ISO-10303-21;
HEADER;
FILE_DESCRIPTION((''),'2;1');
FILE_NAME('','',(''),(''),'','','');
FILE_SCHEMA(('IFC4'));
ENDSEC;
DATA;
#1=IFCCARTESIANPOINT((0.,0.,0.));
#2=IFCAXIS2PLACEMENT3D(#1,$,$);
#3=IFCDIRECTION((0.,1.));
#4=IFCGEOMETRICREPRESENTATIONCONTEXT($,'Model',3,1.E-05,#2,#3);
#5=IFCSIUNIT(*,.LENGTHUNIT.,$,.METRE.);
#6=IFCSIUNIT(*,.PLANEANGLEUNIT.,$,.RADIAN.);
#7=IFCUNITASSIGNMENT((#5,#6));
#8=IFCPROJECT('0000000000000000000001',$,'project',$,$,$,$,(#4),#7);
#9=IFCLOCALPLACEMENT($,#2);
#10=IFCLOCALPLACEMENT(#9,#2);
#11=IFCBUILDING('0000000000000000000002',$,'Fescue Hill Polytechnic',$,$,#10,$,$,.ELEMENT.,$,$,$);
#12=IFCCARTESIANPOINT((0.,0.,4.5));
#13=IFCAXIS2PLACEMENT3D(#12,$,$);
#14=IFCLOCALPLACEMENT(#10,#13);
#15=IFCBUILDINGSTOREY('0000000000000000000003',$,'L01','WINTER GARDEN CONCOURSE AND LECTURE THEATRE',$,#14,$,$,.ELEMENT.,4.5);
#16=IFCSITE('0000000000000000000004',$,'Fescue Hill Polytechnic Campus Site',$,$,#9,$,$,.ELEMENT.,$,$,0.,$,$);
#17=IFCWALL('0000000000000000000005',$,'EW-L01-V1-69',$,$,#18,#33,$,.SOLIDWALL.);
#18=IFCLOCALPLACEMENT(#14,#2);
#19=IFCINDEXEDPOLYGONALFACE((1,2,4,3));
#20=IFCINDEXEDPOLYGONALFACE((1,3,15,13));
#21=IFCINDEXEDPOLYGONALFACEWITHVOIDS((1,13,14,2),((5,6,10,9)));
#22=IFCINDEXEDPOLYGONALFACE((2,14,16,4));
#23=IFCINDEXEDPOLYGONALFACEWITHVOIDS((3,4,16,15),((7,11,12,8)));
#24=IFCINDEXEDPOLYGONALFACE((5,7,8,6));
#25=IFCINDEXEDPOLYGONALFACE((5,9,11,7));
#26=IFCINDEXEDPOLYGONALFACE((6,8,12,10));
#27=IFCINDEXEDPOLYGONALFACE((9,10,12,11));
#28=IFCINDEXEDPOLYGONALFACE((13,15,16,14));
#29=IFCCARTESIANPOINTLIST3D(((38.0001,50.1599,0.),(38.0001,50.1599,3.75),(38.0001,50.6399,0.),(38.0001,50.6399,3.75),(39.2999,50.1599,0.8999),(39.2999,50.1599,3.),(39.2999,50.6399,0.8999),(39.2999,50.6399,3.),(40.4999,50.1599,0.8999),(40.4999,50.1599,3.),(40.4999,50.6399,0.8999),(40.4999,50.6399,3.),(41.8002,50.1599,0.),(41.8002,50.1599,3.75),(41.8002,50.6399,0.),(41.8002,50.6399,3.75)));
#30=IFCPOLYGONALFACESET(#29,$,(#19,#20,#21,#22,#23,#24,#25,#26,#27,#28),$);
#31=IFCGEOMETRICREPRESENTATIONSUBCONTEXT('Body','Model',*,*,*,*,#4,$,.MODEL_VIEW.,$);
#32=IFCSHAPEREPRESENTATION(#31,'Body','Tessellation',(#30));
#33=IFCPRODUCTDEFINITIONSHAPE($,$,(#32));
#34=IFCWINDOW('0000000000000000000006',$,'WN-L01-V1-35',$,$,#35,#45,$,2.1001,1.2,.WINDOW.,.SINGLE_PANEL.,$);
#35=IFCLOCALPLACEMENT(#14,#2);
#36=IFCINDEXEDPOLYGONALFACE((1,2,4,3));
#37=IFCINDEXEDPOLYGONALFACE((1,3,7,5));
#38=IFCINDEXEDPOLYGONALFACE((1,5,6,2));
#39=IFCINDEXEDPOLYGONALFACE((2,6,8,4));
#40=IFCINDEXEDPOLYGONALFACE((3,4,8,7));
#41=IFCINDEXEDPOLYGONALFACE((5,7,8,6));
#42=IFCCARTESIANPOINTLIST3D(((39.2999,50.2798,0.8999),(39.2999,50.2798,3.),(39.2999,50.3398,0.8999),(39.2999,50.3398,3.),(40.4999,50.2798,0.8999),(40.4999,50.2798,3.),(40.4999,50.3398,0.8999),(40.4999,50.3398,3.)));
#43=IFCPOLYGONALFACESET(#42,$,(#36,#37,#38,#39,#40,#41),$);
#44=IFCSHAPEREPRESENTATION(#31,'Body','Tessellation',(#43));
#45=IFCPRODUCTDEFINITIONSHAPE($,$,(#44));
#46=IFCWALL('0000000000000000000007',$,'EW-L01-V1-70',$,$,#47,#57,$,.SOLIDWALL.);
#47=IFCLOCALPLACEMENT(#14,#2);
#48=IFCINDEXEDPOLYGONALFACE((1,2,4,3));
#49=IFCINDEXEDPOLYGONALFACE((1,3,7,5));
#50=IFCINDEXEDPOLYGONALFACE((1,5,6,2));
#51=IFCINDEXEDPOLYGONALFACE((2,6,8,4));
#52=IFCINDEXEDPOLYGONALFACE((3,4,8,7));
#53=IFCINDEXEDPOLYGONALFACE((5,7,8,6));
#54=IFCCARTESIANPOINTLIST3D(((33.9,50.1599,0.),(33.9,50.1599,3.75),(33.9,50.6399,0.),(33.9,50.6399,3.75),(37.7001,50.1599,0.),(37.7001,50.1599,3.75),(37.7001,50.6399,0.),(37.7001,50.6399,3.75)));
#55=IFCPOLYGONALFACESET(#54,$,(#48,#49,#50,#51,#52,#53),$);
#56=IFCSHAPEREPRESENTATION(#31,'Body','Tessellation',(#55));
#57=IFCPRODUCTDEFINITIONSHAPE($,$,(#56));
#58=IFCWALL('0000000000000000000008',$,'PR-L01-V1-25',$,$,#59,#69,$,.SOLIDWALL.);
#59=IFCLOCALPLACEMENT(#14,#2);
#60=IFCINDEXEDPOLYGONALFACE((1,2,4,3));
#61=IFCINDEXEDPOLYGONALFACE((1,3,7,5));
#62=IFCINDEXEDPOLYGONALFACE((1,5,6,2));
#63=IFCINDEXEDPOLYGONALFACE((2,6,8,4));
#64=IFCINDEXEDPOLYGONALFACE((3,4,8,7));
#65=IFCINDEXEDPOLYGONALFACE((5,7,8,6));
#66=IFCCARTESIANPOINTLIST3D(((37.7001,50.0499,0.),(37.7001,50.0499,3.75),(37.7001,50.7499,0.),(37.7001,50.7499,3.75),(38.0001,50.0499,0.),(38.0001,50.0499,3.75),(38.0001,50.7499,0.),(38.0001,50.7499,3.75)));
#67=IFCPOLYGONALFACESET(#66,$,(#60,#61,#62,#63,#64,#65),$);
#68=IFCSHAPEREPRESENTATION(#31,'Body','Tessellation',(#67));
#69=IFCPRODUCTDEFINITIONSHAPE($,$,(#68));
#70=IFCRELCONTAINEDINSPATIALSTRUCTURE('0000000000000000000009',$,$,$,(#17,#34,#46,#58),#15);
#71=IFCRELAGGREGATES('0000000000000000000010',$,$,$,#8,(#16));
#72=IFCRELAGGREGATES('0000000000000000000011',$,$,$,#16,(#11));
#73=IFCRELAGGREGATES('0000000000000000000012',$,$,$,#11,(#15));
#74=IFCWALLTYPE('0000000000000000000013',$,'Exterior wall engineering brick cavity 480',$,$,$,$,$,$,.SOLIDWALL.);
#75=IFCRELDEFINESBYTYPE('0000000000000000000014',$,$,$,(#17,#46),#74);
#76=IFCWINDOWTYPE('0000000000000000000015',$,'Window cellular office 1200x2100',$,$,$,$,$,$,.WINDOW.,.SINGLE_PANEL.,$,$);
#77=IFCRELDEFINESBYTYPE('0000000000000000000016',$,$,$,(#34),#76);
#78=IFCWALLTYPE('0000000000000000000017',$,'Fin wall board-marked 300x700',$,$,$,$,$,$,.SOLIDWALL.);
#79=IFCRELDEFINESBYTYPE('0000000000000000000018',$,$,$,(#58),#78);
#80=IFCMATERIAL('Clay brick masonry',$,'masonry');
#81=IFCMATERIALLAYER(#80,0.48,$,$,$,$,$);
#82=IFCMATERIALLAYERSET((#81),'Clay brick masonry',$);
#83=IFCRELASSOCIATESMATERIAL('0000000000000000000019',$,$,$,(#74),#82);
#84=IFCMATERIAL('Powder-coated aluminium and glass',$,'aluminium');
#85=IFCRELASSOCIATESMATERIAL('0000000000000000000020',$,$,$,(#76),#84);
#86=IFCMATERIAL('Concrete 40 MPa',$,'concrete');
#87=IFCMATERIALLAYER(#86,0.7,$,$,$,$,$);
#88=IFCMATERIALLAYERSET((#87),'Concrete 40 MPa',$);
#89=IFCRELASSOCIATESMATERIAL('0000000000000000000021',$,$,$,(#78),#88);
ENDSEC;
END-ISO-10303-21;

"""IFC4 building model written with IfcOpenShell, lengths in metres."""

from ifc_helpers import new_model, si_unit, direction, frame, frame_2d, origin, place, context, subcontext, project, spatial, rectangle, extrude, material, layer, layer_set, type_object, element, fill, save


model = new_model("IFC4")

# Units and contexts
model_context = context("Model", 3, precision=1e-05, world=origin(), true_north=direction((0.0, 1.0)))
body_context = subcontext(model_context, "Body", "Model", "MODEL_VIEW")
ifc_project = project(units=[si_unit("LENGTHUNIT", "METRE"), si_unit("PLANEANGLEUNIT", "RADIAN")], contexts=[model_context])

# Site, building, storey
site_placement = place(None, origin())
site = spatial("IfcSite", under=ifc_project, at=site_placement, Name="Fescue Hill Polytechnic Campus Site", CompositionType="ELEMENT", RefElevation=0.0)
building_placement = place(site_placement, origin())
building = spatial("IfcBuilding", under=site, at=building_placement, Name="Fescue Hill Polytechnic", CompositionType="ELEMENT")
storey_placement = place(building_placement, frame((0.0, 0.0, 4.5)))
storey = spatial("IfcBuildingStorey", under=building, at=storey_placement, Name="L01", Description="WINTER GARDEN CONCOURSE AND LECTURE THEATRE", CompositionType="ELEMENT", Elevation=4.5)

# Shared definitions
ifc_material_1 = material(Name="Concrete 40 MPa", Category="concrete")

# Wall, opening, window
ifc_material_2 = material(Name="Clay brick masonry", Category="masonry")
ifc_layer_1 = layer(ifc_material_2, 0.48)
ifc_layer_set_1 = layer_set([ifc_layer_1], Name="Clay brick masonry")
wall_type_1 = type_object("IfcWallType", Name="Exterior wall engineering brick cavity 480", PredefinedType="SOLIDWALL", material=ifc_layer_set_1)
ifc_material_3 = material(Name="Powder-coated aluminium and glass", Category="aluminium")
window_type = type_object("IfcWindowType", Name="Window cellular office 1200x2100", PartitioningType="SINGLE_PANEL", PredefinedType="WINDOW", material=ifc_material_3)
wall_1_placement = place(storey_placement, frame((41.8, 50.3999, 0.0), z_axis=(0.0, 0.0, 1.0), x_axis=(-1.0, 0.0, 0.0)))
wall_1 = element("IfcWall", 1, at=wall_1_placement, inside=storey, type_object=wall_type_1, Name="EW-L01-V1-69", PredefinedType="SOLIDWALL", context=body_context, shape_type="SweptSolid", body=[
    extrude(rectangle(XDim=3.8, YDim=0.48, at=frame_2d((1.8999, 0.0))), origin(), (0.0, 0.0, 1.0), 3.75),
])
opening_1_placement = place(wall_1_placement, frame((1.3, 0.0, 0.8999)))
opening_1 = element("IfcOpeningElement", 2, at=opening_1_placement, cuts=wall_1, PredefinedType="OPENING", context=body_context, shape_type="SweptSolid", body=[
    extrude(rectangle(XDim=1.2, YDim=2.1001, at=frame_2d((0.6001, 1.05))), frame((0.0, 0.25, 0.0), z_axis=(0.0, -1.0, 0.0), x_axis=(1.0, 0.0, 0.0)), (0.0, 0.0, 1.0), 0.5),
])
window_1_placement = place(opening_1_placement, origin())
window_1 = element("IfcWindow", 3, at=window_1_placement, inside=storey, type_object=window_type, Name="WN-L01-V1-35", OverallHeight=2.1001, OverallWidth=1.2, PartitioningType="SINGLE_PANEL", PredefinedType="WINDOW", context=body_context, shape_type="SweptSolid", body=[
    extrude(rectangle(XDim=1.2, YDim=2.1001, at=frame_2d((0.6001, 1.05))), frame((0.0, 0.1201, 0.0), z_axis=(0.0, -1.0, 0.0), x_axis=(1.0, 0.0, 0.0)), (0.0, 0.0, 1.0), 0.0601),
])
fill(opening_1, window_1)

# Walls
wall_2_placement = place(storey_placement, frame((37.7, 50.3999, 0.0), z_axis=(0.0, 0.0, 1.0), x_axis=(-1.0, 0.0, 0.0)))
element("IfcWall", 4, at=wall_2_placement, inside=storey, type_object=wall_type_1, Name="EW-L01-V1-70", PredefinedType="SOLIDWALL", context=body_context, shape_type="SweptSolid", body=[
    extrude(rectangle(XDim=3.8, YDim=0.48, at=frame_2d((1.8999, 0.0))), origin(), (0.0, 0.0, 1.0), 3.75),
])
ifc_layer_2 = layer(ifc_material_1, 0.7)
ifc_layer_set_2 = layer_set([ifc_layer_2], Name="Concrete 40 MPa")
wall_type_2 = type_object("IfcWallType", Name="Fin wall board-marked 300x700", PredefinedType="SOLIDWALL", material=ifc_layer_set_2)
wall_3_placement = place(storey_placement, frame((38.0, 50.3999, 0.0), z_axis=(0.0, 0.0, 1.0), x_axis=(-1.0, 0.0, 0.0)))
element("IfcWall", 5, at=wall_3_placement, inside=storey, type_object=wall_type_2, Name="PR-L01-V1-25", PredefinedType="SOLIDWALL", context=body_context, shape_type="SweptSolid", body=[
    extrude(rectangle(XDim=0.3, YDim=0.7, at=frame_2d((0.1499, 0.0))), origin(), (0.0, 0.0, 1.0), 3.75),
])

save(model, "model.ifc")
